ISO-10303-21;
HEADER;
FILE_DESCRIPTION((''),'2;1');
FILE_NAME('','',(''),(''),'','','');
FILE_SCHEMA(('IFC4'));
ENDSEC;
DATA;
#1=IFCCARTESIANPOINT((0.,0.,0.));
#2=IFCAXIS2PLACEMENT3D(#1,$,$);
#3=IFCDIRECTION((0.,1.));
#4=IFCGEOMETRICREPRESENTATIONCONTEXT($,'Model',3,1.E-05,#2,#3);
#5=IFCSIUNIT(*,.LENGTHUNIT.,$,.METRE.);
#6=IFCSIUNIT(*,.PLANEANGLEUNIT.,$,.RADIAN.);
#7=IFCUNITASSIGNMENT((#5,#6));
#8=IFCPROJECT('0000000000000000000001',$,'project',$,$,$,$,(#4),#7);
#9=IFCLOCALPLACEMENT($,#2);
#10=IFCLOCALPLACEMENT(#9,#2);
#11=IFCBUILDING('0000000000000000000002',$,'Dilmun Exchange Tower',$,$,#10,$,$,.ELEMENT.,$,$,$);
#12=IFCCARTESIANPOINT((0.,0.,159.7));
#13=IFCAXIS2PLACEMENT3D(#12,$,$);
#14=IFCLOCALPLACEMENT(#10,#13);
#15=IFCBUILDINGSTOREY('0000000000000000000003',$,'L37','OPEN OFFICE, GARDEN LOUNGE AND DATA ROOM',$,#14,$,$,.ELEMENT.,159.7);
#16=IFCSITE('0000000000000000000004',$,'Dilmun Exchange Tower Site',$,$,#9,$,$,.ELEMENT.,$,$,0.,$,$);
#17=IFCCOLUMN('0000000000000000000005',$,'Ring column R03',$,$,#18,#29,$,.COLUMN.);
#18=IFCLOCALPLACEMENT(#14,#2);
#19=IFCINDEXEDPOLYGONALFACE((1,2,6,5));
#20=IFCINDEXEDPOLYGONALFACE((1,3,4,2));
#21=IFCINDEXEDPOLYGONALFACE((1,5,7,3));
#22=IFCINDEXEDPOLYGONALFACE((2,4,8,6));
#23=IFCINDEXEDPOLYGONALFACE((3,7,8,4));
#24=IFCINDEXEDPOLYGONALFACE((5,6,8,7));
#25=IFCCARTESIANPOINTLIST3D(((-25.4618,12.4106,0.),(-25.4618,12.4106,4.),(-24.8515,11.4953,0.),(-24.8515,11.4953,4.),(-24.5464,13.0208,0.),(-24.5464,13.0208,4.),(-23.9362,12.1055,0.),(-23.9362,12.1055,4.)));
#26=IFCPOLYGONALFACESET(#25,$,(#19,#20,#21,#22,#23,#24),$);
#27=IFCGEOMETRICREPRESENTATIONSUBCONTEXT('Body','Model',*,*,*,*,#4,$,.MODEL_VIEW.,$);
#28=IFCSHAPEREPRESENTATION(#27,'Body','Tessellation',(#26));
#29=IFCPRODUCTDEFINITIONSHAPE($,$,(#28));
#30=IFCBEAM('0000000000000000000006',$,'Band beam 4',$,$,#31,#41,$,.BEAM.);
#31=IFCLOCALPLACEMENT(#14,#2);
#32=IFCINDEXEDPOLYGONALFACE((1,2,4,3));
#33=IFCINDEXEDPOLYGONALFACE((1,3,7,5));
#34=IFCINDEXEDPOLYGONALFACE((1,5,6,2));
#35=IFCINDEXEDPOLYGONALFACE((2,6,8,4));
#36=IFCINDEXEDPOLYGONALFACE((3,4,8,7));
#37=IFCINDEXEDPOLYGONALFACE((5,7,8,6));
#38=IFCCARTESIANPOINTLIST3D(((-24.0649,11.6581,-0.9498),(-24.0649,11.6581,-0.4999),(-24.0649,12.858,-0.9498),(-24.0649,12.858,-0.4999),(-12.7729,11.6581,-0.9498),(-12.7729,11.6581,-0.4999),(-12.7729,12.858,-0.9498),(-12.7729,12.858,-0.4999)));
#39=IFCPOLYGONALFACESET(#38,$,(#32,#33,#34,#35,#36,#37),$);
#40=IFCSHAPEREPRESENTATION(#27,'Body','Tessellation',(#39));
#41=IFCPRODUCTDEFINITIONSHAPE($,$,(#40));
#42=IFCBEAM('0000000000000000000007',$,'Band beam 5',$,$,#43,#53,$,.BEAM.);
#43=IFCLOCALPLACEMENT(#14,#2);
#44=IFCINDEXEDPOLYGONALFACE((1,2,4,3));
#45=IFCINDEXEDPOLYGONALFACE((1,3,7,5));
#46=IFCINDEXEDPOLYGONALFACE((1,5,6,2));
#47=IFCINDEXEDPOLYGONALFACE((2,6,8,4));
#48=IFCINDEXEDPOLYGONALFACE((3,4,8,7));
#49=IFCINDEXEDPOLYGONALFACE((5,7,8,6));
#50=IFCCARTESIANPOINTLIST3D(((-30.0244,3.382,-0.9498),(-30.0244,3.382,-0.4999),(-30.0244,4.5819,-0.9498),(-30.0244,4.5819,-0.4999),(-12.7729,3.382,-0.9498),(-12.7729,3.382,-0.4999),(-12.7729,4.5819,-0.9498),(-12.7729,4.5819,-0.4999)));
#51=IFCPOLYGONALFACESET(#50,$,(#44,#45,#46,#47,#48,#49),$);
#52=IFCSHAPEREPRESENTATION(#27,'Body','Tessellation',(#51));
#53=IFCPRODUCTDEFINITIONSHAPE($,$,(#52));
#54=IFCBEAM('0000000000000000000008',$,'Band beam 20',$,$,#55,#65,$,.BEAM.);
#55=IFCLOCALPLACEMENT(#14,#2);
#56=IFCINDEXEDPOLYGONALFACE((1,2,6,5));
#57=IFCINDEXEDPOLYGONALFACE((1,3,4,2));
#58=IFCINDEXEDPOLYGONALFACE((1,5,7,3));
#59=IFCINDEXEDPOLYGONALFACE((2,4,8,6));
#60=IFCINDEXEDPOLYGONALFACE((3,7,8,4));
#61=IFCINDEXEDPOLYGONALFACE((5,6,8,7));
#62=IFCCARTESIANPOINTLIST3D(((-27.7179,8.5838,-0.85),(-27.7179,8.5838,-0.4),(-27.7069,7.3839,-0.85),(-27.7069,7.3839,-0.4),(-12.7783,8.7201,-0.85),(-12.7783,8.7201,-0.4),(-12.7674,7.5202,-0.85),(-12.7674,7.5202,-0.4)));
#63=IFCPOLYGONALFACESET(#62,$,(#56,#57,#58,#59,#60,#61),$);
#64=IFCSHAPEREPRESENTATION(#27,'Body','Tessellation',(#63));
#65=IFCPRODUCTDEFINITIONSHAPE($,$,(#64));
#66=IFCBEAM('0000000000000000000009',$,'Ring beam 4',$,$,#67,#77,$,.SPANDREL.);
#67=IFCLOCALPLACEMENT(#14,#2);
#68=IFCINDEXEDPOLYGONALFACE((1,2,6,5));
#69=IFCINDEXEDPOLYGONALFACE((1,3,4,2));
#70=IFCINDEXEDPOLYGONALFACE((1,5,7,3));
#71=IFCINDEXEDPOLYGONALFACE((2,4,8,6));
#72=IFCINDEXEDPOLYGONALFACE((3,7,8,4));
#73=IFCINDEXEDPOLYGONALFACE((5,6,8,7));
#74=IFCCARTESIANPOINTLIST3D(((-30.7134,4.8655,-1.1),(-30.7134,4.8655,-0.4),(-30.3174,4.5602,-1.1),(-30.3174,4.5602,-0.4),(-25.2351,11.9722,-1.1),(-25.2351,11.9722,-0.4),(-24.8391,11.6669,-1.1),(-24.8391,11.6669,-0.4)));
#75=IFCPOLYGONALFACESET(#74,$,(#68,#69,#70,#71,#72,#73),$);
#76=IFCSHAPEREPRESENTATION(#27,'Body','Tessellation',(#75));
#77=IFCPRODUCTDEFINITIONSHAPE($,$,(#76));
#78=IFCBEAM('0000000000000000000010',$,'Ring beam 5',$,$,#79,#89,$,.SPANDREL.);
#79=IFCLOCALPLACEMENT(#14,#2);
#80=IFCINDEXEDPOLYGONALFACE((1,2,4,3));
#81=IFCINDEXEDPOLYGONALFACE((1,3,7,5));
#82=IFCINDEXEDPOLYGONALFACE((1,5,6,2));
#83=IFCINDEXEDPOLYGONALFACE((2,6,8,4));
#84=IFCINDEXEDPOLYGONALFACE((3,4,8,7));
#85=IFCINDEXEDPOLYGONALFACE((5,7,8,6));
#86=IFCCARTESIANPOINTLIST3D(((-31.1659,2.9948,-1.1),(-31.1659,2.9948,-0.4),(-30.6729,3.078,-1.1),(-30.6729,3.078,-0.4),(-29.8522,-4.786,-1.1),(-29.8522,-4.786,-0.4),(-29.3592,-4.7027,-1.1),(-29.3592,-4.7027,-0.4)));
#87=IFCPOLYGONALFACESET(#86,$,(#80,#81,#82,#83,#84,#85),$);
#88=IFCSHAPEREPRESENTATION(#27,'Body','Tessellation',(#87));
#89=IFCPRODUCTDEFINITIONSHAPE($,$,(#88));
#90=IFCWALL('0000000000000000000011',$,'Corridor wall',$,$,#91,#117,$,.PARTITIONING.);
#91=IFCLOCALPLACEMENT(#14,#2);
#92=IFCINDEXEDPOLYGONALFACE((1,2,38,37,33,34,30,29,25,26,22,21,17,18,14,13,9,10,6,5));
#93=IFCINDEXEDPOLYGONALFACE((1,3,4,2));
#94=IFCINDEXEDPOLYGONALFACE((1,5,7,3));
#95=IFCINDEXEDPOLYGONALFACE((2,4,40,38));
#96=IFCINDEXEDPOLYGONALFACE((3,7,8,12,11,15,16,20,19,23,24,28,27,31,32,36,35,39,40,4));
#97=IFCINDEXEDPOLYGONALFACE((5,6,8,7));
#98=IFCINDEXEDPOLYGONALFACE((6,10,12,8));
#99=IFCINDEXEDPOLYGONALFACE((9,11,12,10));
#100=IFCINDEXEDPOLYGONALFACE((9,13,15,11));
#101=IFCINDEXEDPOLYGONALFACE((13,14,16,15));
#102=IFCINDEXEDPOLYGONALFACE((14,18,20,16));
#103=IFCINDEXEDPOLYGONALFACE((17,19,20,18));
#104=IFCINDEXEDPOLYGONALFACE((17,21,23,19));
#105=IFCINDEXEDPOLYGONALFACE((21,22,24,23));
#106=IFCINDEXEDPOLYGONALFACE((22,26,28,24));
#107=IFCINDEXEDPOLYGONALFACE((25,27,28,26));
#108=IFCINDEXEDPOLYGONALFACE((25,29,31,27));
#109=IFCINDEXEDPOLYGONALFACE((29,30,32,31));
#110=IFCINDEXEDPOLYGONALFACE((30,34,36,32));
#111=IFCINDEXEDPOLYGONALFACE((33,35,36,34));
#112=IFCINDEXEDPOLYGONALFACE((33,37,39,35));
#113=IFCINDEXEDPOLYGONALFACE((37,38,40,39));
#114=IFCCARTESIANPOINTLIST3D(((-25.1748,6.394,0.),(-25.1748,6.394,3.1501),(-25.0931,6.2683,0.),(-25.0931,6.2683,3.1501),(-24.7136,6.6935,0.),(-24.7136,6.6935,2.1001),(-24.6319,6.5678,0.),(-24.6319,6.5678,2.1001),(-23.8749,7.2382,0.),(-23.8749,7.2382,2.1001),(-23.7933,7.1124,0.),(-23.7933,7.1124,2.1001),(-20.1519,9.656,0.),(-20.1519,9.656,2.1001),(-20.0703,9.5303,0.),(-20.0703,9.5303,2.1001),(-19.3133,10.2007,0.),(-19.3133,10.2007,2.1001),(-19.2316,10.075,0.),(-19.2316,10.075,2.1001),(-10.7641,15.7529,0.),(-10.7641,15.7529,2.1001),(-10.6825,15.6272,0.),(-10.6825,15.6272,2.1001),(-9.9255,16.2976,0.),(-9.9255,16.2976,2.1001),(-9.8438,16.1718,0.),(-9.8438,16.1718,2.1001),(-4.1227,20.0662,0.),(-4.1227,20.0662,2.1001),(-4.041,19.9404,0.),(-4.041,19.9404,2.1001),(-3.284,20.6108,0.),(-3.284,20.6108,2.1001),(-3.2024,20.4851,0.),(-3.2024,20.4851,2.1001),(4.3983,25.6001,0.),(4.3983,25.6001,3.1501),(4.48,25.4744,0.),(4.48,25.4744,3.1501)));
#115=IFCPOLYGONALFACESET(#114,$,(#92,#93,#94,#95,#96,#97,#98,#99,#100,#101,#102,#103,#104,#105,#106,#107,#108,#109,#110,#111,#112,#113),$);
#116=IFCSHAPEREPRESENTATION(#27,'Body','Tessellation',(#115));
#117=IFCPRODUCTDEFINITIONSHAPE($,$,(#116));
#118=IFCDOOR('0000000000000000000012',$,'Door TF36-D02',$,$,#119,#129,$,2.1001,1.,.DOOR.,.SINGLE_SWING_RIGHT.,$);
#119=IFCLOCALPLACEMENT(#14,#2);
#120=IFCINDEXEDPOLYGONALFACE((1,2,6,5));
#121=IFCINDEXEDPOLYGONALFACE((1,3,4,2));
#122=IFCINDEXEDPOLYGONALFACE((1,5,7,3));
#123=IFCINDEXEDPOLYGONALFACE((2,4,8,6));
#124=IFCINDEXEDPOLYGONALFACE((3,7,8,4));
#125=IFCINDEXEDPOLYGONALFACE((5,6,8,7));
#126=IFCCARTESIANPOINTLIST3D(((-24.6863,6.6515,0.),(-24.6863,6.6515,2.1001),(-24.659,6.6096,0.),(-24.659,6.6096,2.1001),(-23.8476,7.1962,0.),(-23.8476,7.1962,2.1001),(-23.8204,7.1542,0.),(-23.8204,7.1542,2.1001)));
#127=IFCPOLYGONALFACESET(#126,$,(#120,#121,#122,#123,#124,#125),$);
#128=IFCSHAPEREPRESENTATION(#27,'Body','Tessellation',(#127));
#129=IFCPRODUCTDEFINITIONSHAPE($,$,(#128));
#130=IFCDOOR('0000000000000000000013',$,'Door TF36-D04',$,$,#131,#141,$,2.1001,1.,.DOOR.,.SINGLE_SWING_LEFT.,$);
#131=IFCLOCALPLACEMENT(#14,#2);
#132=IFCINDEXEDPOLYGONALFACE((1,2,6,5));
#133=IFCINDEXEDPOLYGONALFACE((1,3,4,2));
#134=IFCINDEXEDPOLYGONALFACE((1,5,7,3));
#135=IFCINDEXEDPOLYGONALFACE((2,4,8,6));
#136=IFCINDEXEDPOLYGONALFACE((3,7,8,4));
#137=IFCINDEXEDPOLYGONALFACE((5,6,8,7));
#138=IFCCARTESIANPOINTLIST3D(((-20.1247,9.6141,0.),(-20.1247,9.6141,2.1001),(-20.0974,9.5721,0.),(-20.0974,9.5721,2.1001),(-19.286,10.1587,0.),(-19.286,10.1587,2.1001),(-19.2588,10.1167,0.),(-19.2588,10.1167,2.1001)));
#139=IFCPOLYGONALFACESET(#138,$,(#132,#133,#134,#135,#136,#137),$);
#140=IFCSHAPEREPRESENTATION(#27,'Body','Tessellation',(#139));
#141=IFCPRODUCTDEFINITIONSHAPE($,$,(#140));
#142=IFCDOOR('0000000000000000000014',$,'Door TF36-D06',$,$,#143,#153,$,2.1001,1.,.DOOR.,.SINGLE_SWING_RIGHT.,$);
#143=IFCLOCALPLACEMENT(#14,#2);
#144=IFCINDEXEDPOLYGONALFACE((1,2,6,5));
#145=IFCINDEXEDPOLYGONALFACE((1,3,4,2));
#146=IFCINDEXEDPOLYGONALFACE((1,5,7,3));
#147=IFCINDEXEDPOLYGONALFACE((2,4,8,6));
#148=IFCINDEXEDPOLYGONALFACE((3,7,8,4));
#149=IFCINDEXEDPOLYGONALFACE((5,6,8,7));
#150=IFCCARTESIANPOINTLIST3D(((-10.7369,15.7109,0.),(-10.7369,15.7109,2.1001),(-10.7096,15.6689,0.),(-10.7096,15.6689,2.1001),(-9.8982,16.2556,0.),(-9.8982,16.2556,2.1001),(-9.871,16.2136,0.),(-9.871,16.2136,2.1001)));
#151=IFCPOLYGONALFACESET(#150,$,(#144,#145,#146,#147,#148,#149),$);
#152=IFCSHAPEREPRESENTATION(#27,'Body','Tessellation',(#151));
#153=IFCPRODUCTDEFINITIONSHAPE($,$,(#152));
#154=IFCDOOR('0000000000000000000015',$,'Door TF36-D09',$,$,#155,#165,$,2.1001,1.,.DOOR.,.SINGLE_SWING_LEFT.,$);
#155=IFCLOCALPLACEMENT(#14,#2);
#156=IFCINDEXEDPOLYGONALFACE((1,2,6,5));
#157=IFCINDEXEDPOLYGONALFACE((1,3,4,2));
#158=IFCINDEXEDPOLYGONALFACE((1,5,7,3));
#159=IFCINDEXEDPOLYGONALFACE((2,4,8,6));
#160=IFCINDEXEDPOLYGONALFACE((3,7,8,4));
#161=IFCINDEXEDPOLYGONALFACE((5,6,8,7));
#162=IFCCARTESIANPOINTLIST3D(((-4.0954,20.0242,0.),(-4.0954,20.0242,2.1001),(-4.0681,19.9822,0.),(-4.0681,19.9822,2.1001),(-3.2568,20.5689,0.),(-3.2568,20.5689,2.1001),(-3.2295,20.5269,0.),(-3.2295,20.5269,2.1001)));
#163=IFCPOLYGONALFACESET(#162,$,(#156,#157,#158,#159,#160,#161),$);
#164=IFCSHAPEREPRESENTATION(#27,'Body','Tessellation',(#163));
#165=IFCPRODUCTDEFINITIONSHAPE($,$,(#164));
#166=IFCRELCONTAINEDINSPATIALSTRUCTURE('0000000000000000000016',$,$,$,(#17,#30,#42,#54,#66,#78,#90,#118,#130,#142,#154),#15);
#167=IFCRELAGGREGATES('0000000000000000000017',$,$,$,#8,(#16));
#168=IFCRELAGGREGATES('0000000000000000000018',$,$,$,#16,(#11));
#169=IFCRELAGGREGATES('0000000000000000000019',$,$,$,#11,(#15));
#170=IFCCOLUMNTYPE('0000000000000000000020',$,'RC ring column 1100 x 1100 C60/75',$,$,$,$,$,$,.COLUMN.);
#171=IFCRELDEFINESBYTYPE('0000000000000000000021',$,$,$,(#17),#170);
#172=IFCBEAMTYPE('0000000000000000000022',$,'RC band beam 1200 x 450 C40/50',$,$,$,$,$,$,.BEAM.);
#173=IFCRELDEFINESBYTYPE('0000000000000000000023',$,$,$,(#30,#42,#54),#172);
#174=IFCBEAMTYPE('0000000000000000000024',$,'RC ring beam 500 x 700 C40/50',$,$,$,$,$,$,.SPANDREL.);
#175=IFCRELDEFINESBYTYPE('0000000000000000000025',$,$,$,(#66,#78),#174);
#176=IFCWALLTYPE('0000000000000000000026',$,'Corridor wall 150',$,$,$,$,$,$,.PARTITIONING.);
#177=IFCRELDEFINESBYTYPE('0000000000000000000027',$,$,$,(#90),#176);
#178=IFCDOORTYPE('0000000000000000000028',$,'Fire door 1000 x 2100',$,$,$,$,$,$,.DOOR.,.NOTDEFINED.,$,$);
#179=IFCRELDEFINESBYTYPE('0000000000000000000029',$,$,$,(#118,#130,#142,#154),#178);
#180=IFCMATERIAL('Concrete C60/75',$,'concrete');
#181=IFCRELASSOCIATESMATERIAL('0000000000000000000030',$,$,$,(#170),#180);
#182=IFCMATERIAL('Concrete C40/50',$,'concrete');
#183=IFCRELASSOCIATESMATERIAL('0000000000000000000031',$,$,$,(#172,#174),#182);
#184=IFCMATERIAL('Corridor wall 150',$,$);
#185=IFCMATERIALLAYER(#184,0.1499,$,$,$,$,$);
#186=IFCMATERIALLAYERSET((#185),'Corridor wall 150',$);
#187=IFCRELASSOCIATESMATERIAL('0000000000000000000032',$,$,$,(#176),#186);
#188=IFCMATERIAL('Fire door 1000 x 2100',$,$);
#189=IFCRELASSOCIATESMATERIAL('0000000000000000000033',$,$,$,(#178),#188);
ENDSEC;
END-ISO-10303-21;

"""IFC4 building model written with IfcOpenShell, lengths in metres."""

from ifc_helpers import new_model, si_unit, direction, frame, frame_2d, origin, origin_2d, place, context, subcontext, project, spatial, rectangle, extrude, material, layer, layer_set, material_profile, profile_set, type_object, element, fill, save


model = new_model("IFC4")

# Units and contexts
model_context = context("Model", 3, precision=1e-05, world=origin(), true_north=direction((0.0, 1.0)))
body_context = subcontext(model_context, "Body", "Model", "MODEL_VIEW")
ifc_project = project(units=[si_unit("LENGTHUNIT", "METRE"), si_unit("PLANEANGLEUNIT", "RADIAN")], contexts=[model_context])

# Site, building, storey
site_placement = place(None, origin())
site = spatial("IfcSite", under=ifc_project, at=site_placement, Name="Dilmun Exchange Tower Site", CompositionType="ELEMENT", RefElevation=0.0)
building_placement = place(site_placement, origin())
building = spatial("IfcBuilding", under=site, at=building_placement, Name="Dilmun Exchange Tower", CompositionType="ELEMENT")
storey_placement = place(building_placement, frame((0.0, 0.0, 159.7)))
storey = spatial("IfcBuildingStorey", under=building, at=storey_placement, Name="L37", Description="OPEN OFFICE, GARDEN LOUNGE AND DATA ROOM", CompositionType="ELEMENT", Elevation=159.7)

# Column
ifc_material_1 = material(Name="Concrete C60/75", Category="concrete")
ifc_material_profile_1 = material_profile(ifc_material_1, rectangle(XDim=1.1001, YDim=1.1001, at=origin_2d()), Name="1100 x 1100")
ifc_profile_set_1 = profile_set([ifc_material_profile_1], Name="Concrete C60/75")
column_type = type_object("IfcColumnType", Name="RC ring column 1100 x 1100 C60/75", PredefinedType="COLUMN", material=ifc_profile_set_1)
column_placement = place(storey_placement, frame((-24.699, 12.2581, 0.0), z_axis=(0.0, 0.0, 1.0), x_axis=(0.832029, 0.554733, 0.0)))
element("IfcColumn", 1, at=column_placement, inside=storey, type_object=column_type, Name="Ring column R03", PredefinedType="COLUMN", context=body_context, shape_type="SweptSolid", body=[
    extrude(rectangle(XDim=1.1001, YDim=1.1001, at=origin_2d()), origin(), (0.0, 0.0, 1.0), 4.0),
])

# Beams
ifc_material_2 = material(Name="Concrete C40/50", Category="concrete")
ifc_material_profile_2 = material_profile(ifc_material_2, rectangle(XDim=1.2, YDim=0.45, at=origin_2d()), Name="1200 x 450")
ifc_profile_set_2 = profile_set([ifc_material_profile_2], Name="Concrete C40/50")
beam_type_1 = type_object("IfcBeamType", Name="RC band beam 1200 x 450 C40/50", PredefinedType="BEAM", material=ifc_profile_set_2)
beam_1_placement = place(storey_placement, frame((-24.0649, 12.2581, -0.7249), z_axis=(1.0, 0.0, 0.0), x_axis=(0.0, 1.0, 0.0)))
element("IfcBeam", 2, at=beam_1_placement, inside=storey, type_object=beam_type_1, Name="Band beam 4", PredefinedType="BEAM", context=body_context, shape_type="SweptSolid", body=[
    extrude(rectangle(XDim=1.2, YDim=0.45, at=origin_2d()), origin(), (0.0, 0.0, 1.0), 11.292),
])
beam_2_placement = place(storey_placement, frame((-30.0244, 3.9819, -0.7249), z_axis=(1.0, 0.0, 0.0), x_axis=(0.0, 1.0, 0.0)))
element("IfcBeam", 3, at=beam_2_placement, inside=storey, type_object=beam_type_1, Name="Band beam 5", PredefinedType="BEAM", context=body_context, shape_type="SweptSolid", body=[
    extrude(rectangle(XDim=1.2, YDim=0.45, at=origin_2d()), origin(), (0.0, 0.0, 1.0), 17.2515),
])
beam_3_placement = place(storey_placement, frame((-27.7124, 7.9839, -0.625), z_axis=(0.999958, 0.009118, 0.0), x_axis=(-0.009118, 0.999958, 0.0)))
element("IfcBeam", 4, at=beam_3_placement, inside=storey, type_object=beam_type_1, Name="Band beam 20", PredefinedType="BEAM", context=body_context, shape_type="SweptSolid", body=[
    extrude(rectangle(XDim=1.2, YDim=0.45, at=origin_2d()), origin(), (0.0, 0.0, 1.0), 14.9402),
])
ifc_material_profile_3 = material_profile(ifc_material_2, rectangle(XDim=0.5, YDim=0.7, at=origin_2d()), Name="500 x 700")
ifc_profile_set_3 = profile_set([ifc_material_profile_3], Name="Concrete C40/50")
beam_type_2 = type_object("IfcBeamType", Name="RC ring beam 500 x 700 C40/50", PredefinedType="SPANDREL", material=ifc_profile_set_3)
beam_4_placement = place(storey_placement, frame((-25.0371, 11.8196, -0.75), z_axis=(-0.610522, -0.792, 0.0), x_axis=(0.792, -0.610522, 0.0)))
element("IfcBeam", 5, at=beam_4_placement, inside=storey, type_object=beam_type_2, Name="Ring beam 4", PredefinedType="SPANDREL", context=body_context, shape_type="SweptSolid", body=[
    extrude(rectangle(XDim=0.5, YDim=0.7, at=origin_2d()), origin(), (0.0, 0.0, 1.0), 8.9731),
])
beam_5_placement = place(storey_placement, frame((-30.9194, 3.0364, -0.75), z_axis=(0.166486, -0.986044, 0.0), x_axis=(0.986044, 0.166486, 0.0)))
element("IfcBeam", 6, at=beam_5_placement, inside=storey, type_object=beam_type_2, Name="Ring beam 5", PredefinedType="SPANDREL", context=body_context, shape_type="SweptSolid", body=[
    extrude(rectangle(XDim=0.5, YDim=0.7, at=origin_2d()), origin(), (0.0, 0.0, 1.0), 7.8909),
])

# Wall, openings, doors
ifc_material_3 = material(Name="Corridor wall 150")
ifc_layer = layer(ifc_material_3, 0.1499)
ifc_layer_set = layer_set([ifc_layer], Name="Corridor wall 150")
wall_type = type_object("IfcWallType", Name="Corridor wall 150", PredefinedType="PARTITIONING", material=ifc_layer_set)
wall_1_placement = place(storey_placement, frame((-25.134, 6.3311, 0.0), z_axis=(0.0, 0.0, 1.0), x_axis=(0.838656, 0.544661, 0.0)))
wall_1 = element("IfcWall", 7, at=wall_1_placement, inside=storey, type_object=wall_type, Name="Corridor wall", PredefinedType="PARTITIONING", context=body_context, shape_type="SweptSolid", body=[
    extrude(rectangle(XDim=35.2625, YDim=0.1499, at=frame_2d((17.6313, 0.0))), origin(), (0.0, 0.0, 1.0), 3.1501),
])
opening_1_placement = place(wall_1_placement, frame((0.55, 0.0, 0.0)))
opening_1 = element("IfcOpeningElement", 8, at=opening_1_placement, cuts=wall_1, PredefinedType="OPENING", context=body_context, shape_type="SweptSolid", body=[
    extrude(rectangle(XDim=1.0, YDim=2.1001, at=frame_2d((0.5, 1.05))), frame((0.0, 0.085, 0.0), z_axis=(0.0, -1.0, 0.0), x_axis=(1.0, 0.0, 0.0)), (0.0, 0.0, 1.0), 0.1699),
])
opening_2_placement = place(wall_1_placement, frame((5.9893, 0.0, 0.0)))
opening_2 = element("IfcOpeningElement", 9, at=opening_2_placement, cuts=wall_1, PredefinedType="OPENING", context=body_context, shape_type="SweptSolid", body=[
    extrude(rectangle(XDim=1.0, YDim=2.1001, at=frame_2d((0.5, 1.05))), frame((0.0, 0.085, 0.0), z_axis=(0.0, -1.0, 0.0), x_axis=(1.0, 0.0, 0.0)), (0.0, 0.0, 1.0), 0.1699),
])
opening_3_placement = place(wall_1_placement, frame((17.1831, 0.0, 0.0)))
opening_3 = element("IfcOpeningElement", 10, at=opening_3_placement, cuts=wall_1, PredefinedType="OPENING", context=body_context, shape_type="SweptSolid", body=[
    extrude(rectangle(XDim=1.0, YDim=2.1001, at=frame_2d((0.5, 1.05))), frame((0.0, 0.085, 0.0), z_axis=(0.0, -1.0, 0.0), x_axis=(1.0, 0.0, 0.0)), (0.0, 0.0, 1.0), 0.1699),
])
opening_4_placement = place(wall_1_placement, frame((25.1023, 0.0, 0.0)))
opening_4 = element("IfcOpeningElement", 11, at=opening_4_placement, cuts=wall_1, PredefinedType="OPENING", context=body_context, shape_type="SweptSolid", body=[
    extrude(rectangle(XDim=1.0, YDim=2.1001, at=frame_2d((0.5, 1.05))), frame((0.0, 0.085, 0.0), z_axis=(0.0, -1.0, 0.0), x_axis=(1.0, 0.0, 0.0)), (0.0, 0.0, 1.0), 0.1699),
])
ifc_material_4 = material(Name="Fire door 1000 x 2100")
door_type = type_object("IfcDoorType", Name="Fire door 1000 x 2100", OperationType="NOTDEFINED", PredefinedType="DOOR", material=ifc_material_4)
door_1_placement = place(opening_1_placement, origin())
door_1 = element("IfcDoor", 12, at=door_1_placement, inside=storey, type_object=door_type, Name="Door TF36-D02", OperationType="SINGLE_SWING_RIGHT", OverallHeight=2.1001, OverallWidth=1.0, PredefinedType="DOOR", context=body_context, shape_type="SweptSolid", body=[
    extrude(rectangle(XDim=1.0, YDim=2.1001, at=frame_2d((0.5, 1.05))), frame((0.0, 0.0249, 0.0), z_axis=(0.0, -1.0, 0.0), x_axis=(1.0, 0.0, 0.0)), (0.0, 0.0, 1.0), 0.05),
])
fill(opening_1, door_1)
door_2_placement = place(opening_2_placement, origin())
door_2 = element("IfcDoor", 13, at=door_2_placement, inside=storey, type_object=door_type, Name="Door TF36-D04", OperationType="SINGLE_SWING_LEFT", OverallHeight=2.1001, OverallWidth=1.0, PredefinedType="DOOR", context=body_context, shape_type="SweptSolid", body=[
    extrude(rectangle(XDim=1.0, YDim=2.1001, at=frame_2d((0.5, 1.05))), frame((0.0, 0.0249, 0.0), z_axis=(0.0, -1.0, 0.0), x_axis=(1.0, 0.0, 0.0)), (0.0, 0.0, 1.0), 0.05),
])
fill(opening_2, door_2)
door_3_placement = place(opening_3_placement, origin())
door_3 = element("IfcDoor", 14, at=door_3_placement, inside=storey, type_object=door_type, Name="Door TF36-D06", OperationType="SINGLE_SWING_RIGHT", OverallHeight=2.1001, OverallWidth=1.0, PredefinedType="DOOR", context=body_context, shape_type="SweptSolid", body=[
    extrude(rectangle(XDim=1.0, YDim=2.1001, at=frame_2d((0.5, 1.05))), frame((0.0, 0.0249, 0.0), z_axis=(0.0, -1.0, 0.0), x_axis=(1.0, 0.0, 0.0)), (0.0, 0.0, 1.0), 0.05),
])
fill(opening_3, door_3)
door_4_placement = place(opening_4_placement, origin())
door_4 = element("IfcDoor", 15, at=door_4_placement, inside=storey, type_object=door_type, Name="Door TF36-D09", OperationType="SINGLE_SWING_LEFT", OverallHeight=2.1001, OverallWidth=1.0, PredefinedType="DOOR", context=body_context, shape_type="SweptSolid", body=[
    extrude(rectangle(XDim=1.0, YDim=2.1001, at=frame_2d((0.5, 1.05))), frame((0.0, 0.0249, 0.0), z_axis=(0.0, -1.0, 0.0), x_axis=(1.0, 0.0, 0.0)), (0.0, 0.0, 1.0), 0.05),
])
fill(opening_4, door_4)

save(model, "model.ifc")
